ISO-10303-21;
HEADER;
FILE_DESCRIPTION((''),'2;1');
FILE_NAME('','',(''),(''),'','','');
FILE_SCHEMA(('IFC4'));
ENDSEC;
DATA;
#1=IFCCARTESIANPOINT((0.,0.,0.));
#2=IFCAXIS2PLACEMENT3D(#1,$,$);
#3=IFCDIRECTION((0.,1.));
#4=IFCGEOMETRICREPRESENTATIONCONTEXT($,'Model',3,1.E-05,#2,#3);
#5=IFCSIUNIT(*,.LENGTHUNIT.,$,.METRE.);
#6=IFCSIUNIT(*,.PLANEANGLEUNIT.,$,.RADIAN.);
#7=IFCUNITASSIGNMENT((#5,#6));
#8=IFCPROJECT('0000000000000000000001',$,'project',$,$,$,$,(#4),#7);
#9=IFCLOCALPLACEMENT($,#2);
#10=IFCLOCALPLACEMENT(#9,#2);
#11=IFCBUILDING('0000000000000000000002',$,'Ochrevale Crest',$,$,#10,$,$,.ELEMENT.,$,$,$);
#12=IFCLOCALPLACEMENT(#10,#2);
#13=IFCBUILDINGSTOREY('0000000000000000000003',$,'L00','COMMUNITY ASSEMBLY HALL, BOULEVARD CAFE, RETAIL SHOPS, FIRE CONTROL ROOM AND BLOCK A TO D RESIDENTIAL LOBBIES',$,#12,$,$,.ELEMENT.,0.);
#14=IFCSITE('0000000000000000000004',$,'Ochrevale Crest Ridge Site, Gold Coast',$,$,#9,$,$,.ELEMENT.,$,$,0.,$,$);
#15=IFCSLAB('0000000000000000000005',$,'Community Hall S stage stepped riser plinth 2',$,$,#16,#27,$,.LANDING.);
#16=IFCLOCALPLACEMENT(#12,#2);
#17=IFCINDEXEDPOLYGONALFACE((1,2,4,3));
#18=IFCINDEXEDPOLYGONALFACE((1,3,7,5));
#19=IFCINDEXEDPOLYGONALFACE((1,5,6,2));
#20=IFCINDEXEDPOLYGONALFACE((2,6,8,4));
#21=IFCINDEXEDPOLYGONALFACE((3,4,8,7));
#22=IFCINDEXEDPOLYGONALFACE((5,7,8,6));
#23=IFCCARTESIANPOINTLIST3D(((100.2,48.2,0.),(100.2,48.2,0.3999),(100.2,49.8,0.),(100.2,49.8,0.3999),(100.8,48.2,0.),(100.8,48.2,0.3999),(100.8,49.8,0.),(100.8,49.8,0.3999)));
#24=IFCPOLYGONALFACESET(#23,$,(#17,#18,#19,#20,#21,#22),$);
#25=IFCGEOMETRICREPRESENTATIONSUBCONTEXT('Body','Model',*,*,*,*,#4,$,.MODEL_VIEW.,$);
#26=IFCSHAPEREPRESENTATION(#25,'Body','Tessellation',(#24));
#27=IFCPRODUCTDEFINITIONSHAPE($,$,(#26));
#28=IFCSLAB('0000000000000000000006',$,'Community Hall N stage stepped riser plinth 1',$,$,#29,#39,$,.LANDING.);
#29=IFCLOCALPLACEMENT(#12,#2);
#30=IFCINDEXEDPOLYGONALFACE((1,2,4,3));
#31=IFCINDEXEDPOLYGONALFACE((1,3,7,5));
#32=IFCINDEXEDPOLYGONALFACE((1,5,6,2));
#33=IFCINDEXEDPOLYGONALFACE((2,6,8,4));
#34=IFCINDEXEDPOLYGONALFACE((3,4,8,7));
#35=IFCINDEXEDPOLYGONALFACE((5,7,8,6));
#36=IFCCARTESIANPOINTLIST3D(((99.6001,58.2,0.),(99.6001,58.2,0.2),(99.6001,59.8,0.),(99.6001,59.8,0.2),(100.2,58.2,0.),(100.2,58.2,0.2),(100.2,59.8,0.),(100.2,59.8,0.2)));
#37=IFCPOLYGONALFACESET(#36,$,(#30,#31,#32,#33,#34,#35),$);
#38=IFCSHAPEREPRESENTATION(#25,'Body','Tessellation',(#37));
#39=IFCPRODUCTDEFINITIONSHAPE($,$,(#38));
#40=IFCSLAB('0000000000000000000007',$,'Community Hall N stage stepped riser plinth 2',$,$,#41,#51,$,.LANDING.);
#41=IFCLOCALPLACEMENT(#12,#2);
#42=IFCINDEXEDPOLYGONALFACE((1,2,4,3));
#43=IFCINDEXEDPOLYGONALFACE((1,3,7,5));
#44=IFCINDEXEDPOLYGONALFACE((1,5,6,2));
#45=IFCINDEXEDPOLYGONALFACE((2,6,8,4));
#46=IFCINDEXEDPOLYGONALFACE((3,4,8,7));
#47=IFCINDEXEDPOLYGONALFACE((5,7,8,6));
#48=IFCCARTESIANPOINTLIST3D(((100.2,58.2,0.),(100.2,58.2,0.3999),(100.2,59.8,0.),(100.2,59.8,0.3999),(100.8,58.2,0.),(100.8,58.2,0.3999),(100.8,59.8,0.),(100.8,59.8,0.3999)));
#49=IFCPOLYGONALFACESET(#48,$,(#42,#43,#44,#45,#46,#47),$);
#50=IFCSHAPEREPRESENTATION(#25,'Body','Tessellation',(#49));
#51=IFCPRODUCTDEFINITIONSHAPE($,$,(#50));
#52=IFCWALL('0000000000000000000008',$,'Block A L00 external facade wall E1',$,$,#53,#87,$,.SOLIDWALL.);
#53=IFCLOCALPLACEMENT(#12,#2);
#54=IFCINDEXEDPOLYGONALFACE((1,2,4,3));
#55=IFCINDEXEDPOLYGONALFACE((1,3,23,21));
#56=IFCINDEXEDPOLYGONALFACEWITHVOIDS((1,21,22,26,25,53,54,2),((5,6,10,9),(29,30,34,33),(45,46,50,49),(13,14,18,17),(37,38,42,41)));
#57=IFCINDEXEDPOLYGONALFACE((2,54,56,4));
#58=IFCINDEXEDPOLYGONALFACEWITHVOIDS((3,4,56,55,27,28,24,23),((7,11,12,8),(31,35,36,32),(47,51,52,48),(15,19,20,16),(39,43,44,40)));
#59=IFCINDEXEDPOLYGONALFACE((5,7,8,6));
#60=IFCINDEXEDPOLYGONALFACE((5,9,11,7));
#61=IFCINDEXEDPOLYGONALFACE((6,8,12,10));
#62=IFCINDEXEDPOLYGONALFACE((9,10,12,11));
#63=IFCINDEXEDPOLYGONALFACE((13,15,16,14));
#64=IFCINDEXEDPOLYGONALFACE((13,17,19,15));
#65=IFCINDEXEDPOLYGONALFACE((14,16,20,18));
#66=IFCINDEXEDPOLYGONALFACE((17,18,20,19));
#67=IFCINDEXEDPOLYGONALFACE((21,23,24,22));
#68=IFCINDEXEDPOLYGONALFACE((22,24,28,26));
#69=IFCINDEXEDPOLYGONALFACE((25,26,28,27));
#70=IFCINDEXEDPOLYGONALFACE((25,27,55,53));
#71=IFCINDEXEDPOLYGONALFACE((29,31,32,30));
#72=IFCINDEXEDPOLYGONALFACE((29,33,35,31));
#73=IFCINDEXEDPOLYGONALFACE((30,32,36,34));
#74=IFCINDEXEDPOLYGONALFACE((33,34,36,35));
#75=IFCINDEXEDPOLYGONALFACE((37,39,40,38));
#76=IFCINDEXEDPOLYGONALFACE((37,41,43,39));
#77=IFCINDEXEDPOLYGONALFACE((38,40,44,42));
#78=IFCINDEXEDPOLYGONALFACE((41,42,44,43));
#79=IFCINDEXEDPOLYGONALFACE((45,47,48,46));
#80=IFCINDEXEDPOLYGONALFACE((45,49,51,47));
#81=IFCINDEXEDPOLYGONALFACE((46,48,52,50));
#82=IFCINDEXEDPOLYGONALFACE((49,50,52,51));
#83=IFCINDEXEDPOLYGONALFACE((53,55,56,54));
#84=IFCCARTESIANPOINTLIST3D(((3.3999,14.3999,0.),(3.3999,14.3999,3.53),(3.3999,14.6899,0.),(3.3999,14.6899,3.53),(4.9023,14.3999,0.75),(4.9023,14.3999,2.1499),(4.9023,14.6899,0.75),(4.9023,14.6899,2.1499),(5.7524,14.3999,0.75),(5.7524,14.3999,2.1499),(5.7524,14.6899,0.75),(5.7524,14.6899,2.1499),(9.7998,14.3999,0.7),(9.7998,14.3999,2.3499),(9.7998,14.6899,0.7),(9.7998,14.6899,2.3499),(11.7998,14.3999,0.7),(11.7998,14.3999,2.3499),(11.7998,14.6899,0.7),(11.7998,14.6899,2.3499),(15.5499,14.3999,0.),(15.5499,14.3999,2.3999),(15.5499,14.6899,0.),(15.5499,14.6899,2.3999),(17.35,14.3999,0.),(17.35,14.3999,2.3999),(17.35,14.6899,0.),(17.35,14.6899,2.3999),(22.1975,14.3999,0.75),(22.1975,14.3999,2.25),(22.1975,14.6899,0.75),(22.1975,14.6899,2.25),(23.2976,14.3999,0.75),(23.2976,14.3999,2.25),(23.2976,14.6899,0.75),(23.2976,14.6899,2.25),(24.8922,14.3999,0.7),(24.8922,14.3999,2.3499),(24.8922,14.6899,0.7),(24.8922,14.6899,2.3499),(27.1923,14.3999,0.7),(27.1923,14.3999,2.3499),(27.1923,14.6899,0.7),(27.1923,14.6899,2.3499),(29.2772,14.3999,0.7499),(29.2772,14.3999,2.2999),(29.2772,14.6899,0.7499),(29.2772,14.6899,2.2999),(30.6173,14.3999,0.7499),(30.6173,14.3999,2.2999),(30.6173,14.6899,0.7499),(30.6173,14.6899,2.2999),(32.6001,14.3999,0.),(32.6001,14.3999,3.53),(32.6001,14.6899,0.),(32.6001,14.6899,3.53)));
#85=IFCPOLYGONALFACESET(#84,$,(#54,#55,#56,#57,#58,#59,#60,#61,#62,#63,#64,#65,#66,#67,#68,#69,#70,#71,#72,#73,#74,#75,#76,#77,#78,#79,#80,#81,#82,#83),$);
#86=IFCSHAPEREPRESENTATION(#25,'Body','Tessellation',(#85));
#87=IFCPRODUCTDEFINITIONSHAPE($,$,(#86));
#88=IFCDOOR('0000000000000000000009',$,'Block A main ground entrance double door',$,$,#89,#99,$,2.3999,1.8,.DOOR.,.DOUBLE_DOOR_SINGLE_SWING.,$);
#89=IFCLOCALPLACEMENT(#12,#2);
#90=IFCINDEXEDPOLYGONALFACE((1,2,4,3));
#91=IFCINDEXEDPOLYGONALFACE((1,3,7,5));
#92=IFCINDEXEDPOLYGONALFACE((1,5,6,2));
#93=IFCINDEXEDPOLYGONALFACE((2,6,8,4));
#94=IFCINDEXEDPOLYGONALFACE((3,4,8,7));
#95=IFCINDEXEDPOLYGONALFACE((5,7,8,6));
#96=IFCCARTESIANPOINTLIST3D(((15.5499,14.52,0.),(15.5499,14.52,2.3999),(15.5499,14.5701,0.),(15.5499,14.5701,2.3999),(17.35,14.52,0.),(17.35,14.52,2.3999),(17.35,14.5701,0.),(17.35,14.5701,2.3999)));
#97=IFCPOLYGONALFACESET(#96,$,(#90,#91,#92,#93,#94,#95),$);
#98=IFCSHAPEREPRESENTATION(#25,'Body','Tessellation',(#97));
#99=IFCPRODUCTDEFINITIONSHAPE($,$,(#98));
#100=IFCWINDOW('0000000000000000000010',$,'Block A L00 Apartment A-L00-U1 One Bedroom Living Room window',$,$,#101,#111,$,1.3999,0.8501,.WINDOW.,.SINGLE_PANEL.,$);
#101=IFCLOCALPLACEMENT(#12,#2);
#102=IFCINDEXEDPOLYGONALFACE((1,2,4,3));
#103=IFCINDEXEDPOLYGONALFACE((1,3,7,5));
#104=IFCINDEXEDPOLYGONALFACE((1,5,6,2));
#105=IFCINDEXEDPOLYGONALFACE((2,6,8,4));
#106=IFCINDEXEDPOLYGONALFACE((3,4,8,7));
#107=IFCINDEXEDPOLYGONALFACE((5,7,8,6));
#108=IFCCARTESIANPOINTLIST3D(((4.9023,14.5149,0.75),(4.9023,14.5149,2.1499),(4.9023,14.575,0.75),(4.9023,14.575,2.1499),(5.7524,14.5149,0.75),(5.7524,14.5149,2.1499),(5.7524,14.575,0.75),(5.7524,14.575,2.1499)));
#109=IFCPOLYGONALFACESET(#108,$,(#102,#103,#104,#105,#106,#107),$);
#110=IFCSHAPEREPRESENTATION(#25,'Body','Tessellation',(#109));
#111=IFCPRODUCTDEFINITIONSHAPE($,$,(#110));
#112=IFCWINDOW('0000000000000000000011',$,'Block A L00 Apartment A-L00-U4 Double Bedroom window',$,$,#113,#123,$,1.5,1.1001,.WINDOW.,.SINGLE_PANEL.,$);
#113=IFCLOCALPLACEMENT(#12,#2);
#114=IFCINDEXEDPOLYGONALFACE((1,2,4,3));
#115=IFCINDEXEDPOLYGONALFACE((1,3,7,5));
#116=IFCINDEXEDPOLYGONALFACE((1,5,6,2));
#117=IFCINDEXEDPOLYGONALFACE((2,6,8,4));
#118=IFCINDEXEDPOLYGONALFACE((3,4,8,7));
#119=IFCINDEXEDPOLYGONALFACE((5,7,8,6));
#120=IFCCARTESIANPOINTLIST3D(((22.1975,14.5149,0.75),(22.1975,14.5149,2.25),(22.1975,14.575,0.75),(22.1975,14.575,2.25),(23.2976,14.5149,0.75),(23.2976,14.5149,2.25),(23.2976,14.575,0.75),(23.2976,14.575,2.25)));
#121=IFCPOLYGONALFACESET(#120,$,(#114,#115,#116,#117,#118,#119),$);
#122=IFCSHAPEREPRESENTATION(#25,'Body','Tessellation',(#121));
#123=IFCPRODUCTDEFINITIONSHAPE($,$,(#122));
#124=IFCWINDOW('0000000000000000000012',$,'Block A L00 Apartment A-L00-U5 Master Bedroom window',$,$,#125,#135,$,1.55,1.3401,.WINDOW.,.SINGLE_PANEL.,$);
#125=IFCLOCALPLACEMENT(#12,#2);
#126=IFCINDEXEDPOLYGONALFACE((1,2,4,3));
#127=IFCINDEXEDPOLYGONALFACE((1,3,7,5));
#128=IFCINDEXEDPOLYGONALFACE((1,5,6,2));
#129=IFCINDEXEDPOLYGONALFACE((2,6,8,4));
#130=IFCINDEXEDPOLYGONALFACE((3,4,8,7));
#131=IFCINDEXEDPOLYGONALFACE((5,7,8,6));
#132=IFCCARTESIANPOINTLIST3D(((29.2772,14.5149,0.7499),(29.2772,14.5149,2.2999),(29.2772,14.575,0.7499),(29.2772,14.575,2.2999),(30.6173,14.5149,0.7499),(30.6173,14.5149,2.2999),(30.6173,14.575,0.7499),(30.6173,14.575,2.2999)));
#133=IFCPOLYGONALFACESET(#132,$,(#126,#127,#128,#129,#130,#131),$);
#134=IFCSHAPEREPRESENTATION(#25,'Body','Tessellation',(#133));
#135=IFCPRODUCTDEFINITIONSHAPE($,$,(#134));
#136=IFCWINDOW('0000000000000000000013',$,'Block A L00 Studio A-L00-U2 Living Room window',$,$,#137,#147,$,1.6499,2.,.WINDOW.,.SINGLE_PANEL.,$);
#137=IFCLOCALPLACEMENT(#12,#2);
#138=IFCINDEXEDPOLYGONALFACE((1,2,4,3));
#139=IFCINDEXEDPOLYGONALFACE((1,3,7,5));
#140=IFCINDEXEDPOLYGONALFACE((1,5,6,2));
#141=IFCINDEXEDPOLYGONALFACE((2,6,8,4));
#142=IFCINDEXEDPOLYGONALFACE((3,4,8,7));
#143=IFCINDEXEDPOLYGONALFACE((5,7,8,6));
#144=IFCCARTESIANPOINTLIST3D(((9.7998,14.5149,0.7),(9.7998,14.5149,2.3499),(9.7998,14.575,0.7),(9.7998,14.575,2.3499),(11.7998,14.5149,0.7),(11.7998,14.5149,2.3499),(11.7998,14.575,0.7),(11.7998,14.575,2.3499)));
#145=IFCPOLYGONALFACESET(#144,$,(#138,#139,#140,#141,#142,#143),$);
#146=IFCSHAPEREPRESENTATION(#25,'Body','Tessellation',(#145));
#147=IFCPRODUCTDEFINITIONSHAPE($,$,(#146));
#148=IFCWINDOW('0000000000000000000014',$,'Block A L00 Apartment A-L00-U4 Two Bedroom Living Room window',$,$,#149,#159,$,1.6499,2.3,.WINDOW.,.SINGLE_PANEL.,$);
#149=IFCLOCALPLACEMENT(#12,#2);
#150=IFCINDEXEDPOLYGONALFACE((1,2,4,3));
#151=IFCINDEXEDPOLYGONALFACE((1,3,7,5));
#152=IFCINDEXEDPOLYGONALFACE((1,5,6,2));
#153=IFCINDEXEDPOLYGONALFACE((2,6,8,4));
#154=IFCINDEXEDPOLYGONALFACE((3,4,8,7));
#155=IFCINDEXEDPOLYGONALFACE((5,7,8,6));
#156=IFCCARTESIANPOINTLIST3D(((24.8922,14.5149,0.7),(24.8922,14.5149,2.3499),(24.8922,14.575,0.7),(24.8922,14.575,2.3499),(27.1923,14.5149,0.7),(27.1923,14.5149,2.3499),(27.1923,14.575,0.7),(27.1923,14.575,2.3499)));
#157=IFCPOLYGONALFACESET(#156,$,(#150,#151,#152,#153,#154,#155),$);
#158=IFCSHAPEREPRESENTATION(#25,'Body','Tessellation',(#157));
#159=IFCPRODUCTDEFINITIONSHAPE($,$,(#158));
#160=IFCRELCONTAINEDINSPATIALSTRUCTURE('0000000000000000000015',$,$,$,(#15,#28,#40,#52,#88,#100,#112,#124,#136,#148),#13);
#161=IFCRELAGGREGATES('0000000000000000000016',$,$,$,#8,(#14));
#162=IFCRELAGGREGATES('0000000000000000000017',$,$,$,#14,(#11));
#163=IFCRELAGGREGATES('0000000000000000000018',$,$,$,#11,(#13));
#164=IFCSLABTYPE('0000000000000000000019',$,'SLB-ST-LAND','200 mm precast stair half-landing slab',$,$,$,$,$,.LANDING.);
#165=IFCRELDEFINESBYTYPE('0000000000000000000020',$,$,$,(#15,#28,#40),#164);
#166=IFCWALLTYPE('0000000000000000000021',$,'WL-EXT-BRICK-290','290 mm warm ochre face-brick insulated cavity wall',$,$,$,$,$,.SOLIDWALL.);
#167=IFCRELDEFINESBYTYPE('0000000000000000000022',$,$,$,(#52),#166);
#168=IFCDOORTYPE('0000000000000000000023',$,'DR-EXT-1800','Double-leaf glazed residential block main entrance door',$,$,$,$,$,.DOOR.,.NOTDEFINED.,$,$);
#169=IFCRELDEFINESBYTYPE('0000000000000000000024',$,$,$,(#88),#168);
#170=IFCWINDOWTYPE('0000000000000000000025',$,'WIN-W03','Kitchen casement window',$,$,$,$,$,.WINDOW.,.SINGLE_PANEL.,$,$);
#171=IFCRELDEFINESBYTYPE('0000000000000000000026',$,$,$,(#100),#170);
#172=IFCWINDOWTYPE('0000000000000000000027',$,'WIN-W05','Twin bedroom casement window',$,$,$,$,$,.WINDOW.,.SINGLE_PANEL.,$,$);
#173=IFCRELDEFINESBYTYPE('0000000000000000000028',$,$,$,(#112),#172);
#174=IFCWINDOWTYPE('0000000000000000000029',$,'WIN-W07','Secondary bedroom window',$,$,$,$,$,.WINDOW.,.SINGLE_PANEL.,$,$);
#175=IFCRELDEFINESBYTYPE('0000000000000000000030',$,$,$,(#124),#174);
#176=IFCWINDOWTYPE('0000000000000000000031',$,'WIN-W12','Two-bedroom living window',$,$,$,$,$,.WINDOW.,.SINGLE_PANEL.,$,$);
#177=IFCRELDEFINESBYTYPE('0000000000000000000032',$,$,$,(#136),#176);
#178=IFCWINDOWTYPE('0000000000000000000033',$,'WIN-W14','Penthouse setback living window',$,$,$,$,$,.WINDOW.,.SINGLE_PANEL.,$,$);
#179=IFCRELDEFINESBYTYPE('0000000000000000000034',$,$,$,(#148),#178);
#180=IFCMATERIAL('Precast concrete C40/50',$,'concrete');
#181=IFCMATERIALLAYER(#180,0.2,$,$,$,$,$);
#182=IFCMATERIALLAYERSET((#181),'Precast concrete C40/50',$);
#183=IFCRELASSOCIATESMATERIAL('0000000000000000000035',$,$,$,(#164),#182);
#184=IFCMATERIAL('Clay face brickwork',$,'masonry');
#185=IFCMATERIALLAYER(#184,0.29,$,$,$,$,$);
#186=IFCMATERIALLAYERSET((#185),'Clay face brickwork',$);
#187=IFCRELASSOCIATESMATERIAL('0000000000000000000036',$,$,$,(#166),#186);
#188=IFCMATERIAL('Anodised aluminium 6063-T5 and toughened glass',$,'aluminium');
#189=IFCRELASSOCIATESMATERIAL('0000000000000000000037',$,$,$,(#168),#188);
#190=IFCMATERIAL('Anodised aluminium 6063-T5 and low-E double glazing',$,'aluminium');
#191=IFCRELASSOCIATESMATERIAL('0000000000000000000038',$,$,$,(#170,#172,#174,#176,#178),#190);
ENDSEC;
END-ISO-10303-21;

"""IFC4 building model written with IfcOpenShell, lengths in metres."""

from ifc_helpers import new_model, si_unit, direction, frame, frame_2d, origin, place, context, subcontext, project, spatial, polyline, rectangle, outline, extrude, material, layer, layer_set, type_object, element, fill, save


model = new_model("IFC4")

# Units and contexts
model_context = context("Model", 3, precision=1e-05, world=origin(), true_north=direction((0.0, 1.0)))
body_context = subcontext(model_context, "Body", "Model", "MODEL_VIEW")
ifc_project = project(units=[si_unit("LENGTHUNIT", "METRE"), si_unit("PLANEANGLEUNIT", "RADIAN")], contexts=[model_context])

# Site, building, storey
site_placement = place(None, origin())
site = spatial("IfcSite", under=ifc_project, at=site_placement, Name="Ochrevale Crest Ridge Site, Gold Coast", CompositionType="ELEMENT", RefElevation=0.0)
building_placement = place(site_placement, origin())
building = spatial("IfcBuilding", under=site, at=building_placement, Name="Ochrevale Crest", CompositionType="ELEMENT")
storey_placement = place(building_placement, origin())
storey = spatial("IfcBuildingStorey", under=building, at=storey_placement, Name="L00", Description="COMMUNITY ASSEMBLY HALL, BOULEVARD CAFE, RETAIL SHOPS, FIRE CONTROL ROOM AND BLOCK A TO D RESIDENTIAL LOBBIES", CompositionType="ELEMENT", Elevation=0.0)

# Shared definitions
ifc_material_1 = material(Name="Precast concrete C40/50", Category="concrete")

# Shared definitions
ifc_layer_1 = layer(ifc_material_1, 0.2)
ifc_layer_set_1 = layer_set([ifc_layer_1], Name="Precast concrete C40/50")
slab_type = type_object("IfcSlabType", Name="SLB-ST-LAND", Description="200 mm precast stair half-landing slab", PredefinedType="LANDING", material=ifc_layer_set_1)

# Slabs
slab_1_placement = place(storey_placement, origin())
element("IfcSlab", 1, at=slab_1_placement, inside=storey, type_object=slab_type, Name="Community Hall S stage stepped riser plinth 2", PredefinedType="LANDING", context=body_context, shape_type="SweptSolid", body=[
    extrude(outline(polyline([(100.2, 48.2), (100.8, 48.2), (100.8, 49.8), (100.2, 49.8), (100.2, 48.2)])), origin(), (0.0, 0.0, 1.0), 0.3999),
])
slab_2_placement = place(storey_placement, origin())
element("IfcSlab", 2, at=slab_2_placement, inside=storey, type_object=slab_type, Name="Community Hall N stage stepped riser plinth 1", PredefinedType="LANDING", context=body_context, shape_type="SweptSolid", body=[
    extrude(outline(polyline([(99.6001, 58.2), (100.2, 58.2), (100.2, 59.8), (99.6001, 59.8), (99.6001, 58.2)])), origin(), (0.0, 0.0, 1.0), 0.2),
])
slab_3_placement = place(storey_placement, origin())
element("IfcSlab", 3, at=slab_3_placement, inside=storey, type_object=slab_type, Name="Community Hall N stage stepped riser plinth 2", PredefinedType="LANDING", context=body_context, shape_type="SweptSolid", body=[
    extrude(outline(polyline([(100.2, 58.2), (100.8, 58.2), (100.8, 59.8), (100.2, 59.8), (100.2, 58.2)])), origin(), (0.0, 0.0, 1.0), 0.3999),
])

# Wall, openings, door, windows
ifc_material_2 = material(Name="Clay face brickwork", Category="masonry")
ifc_layer_2 = layer(ifc_material_2, 0.29)
ifc_layer_set_2 = layer_set([ifc_layer_2], Name="Clay face brickwork")
wall_type_1 = type_object("IfcWallType", Name="WL-EXT-BRICK-290", Description="290 mm warm ochre face-brick insulated cavity wall", PredefinedType="SOLIDWALL", material=ifc_layer_set_2)
wall_1_placement = place(storey_placement, frame((3.3999, 14.5449, 0.0), z_axis=(0.0, 0.0, 1.0), x_axis=(1.0, 0.0, 0.0)))
wall_1 = element("IfcWall", 4, at=wall_1_placement, inside=storey, type_object=wall_type_1, Name="Block A L00 external facade wall E1", PredefinedType="SOLIDWALL", context=body_context, shape_type="SweptSolid", body=[
    extrude(rectangle(XDim=29.2002, YDim=0.29, at=frame_2d((14.6001, 0.0))), origin(), (0.0, 0.0, 1.0), 3.53),
])
opening_1_placement = place(wall_1_placement, frame((13.95, 0.0, 0.0), z_axis=(0.0, 0.0, 1.0), x_axis=(-1.0, 0.0, 0.0)))
opening_1 = element("IfcOpeningElement", 5, at=opening_1_placement, cuts=wall_1, PredefinedType="OPENING", context=body_context, shape_type="SweptSolid", body=[
    extrude(rectangle(XDim=1.8, YDim=2.3999, at=frame_2d((0.8999, 1.2))), frame((0.0, 0.155, 0.0), z_axis=(0.0, -1.0, 0.0), x_axis=(1.0, 0.0, 0.0)), (0.0, 0.0, 1.0), 0.3101),
])
opening_2_placement = place(wall_1_placement, frame((1.5024, 0.0, 0.75)))
opening_2 = element("IfcOpeningElement", 6, at=opening_2_placement, cuts=wall_1, PredefinedType="OPENING", context=body_context, shape_type="SweptSolid", body=[
    extrude(rectangle(XDim=0.8501, YDim=1.3999, at=frame_2d((0.425, 0.7))), frame((0.0, 0.155, 0.0), z_axis=(0.0, -1.0, 0.0), x_axis=(1.0, 0.0, 0.0)), (0.0, 0.0, 1.0), 0.3101),
])
opening_3_placement = place(wall_1_placement, frame((6.3999, 0.0, 0.7)))
opening_3 = element("IfcOpeningElement", 7, at=opening_3_placement, cuts=wall_1, PredefinedType="OPENING", context=body_context, shape_type="SweptSolid", body=[
    extrude(rectangle(XDim=2.0, YDim=1.6499, at=frame_2d((1.0, 0.825))), frame((0.0, 0.155, 0.0), z_axis=(0.0, -1.0, 0.0), x_axis=(1.0, 0.0, 0.0)), (0.0, 0.0, 1.0), 0.3101),
])
opening_4_placement = place(wall_1_placement, frame((18.7976, 0.0, 0.75)))
opening_4 = element("IfcOpeningElement", 8, at=opening_4_placement, cuts=wall_1, PredefinedType="OPENING", context=body_context, shape_type="SweptSolid", body=[
    extrude(rectangle(XDim=1.1001, YDim=1.5, at=frame_2d((0.55, 0.75))), frame((0.0, 0.155, 0.0), z_axis=(0.0, -1.0, 0.0), x_axis=(1.0, 0.0, 0.0)), (0.0, 0.0, 1.0), 0.3101),
])
opening_5_placement = place(wall_1_placement, frame((21.4924, 0.0, 0.7)))
opening_5 = element("IfcOpeningElement", 9, at=opening_5_placement, cuts=wall_1, PredefinedType="OPENING", context=body_context, shape_type="SweptSolid", body=[
    extrude(rectangle(XDim=2.3, YDim=1.6499, at=frame_2d((1.1499, 0.825))), frame((0.0, 0.155, 0.0), z_axis=(0.0, -1.0, 0.0), x_axis=(1.0, 0.0, 0.0)), (0.0, 0.0, 1.0), 0.3101),
])
opening_6_placement = place(wall_1_placement, frame((25.8774, 0.0, 0.75)))
opening_6 = element("IfcOpeningElement", 10, at=opening_6_placement, cuts=wall_1, PredefinedType="OPENING", context=body_context, shape_type="SweptSolid", body=[
    extrude(rectangle(XDim=1.3401, YDim=1.55, at=frame_2d((0.6699, 0.7749))), frame((0.0, 0.155, 0.0), z_axis=(0.0, -1.0, 0.0), x_axis=(1.0, 0.0, 0.0)), (0.0, 0.0, 1.0), 0.3101),
])
ifc_material_3 = material(Name="Anodised aluminium 6063-T5 and toughened glass", Category="aluminium")
door_type_1 = type_object("IfcDoorType", Name="DR-EXT-1800", Description="Double-leaf glazed residential block main entrance door", OperationType="NOTDEFINED", PredefinedType="DOOR", material=ifc_material_3)
door_1_placement = place(opening_1_placement, origin())
door_1 = element("IfcDoor", 11, at=door_1_placement, inside=storey, type_object=door_type_1, Name="Block A main ground entrance double door", OperationType="DOUBLE_DOOR_SINGLE_SWING", OverallHeight=2.3999, OverallWidth=1.8, PredefinedType="DOOR", context=body_context, shape_type="SweptSolid", body=[
    extrude(rectangle(XDim=1.8, YDim=2.3999, at=frame_2d((0.8999, 1.2))), frame((0.0, 0.0249, 0.0), z_axis=(0.0, -1.0, 0.0), x_axis=(1.0, 0.0, 0.0)), (0.0, 0.0, 1.0), 0.05),
])
fill(opening_1, door_1)
ifc_material_4 = material(Name="Anodised aluminium 6063-T5 and low-E double glazing", Category="aluminium")
window_type_1 = type_object("IfcWindowType", Name="WIN-W03", Description="Kitchen casement window", PartitioningType="SINGLE_PANEL", PredefinedType="WINDOW", material=ifc_material_4)
window_1_placement = place(opening_2_placement, origin())
window_1 = element("IfcWindow", 12, at=window_1_placement, inside=storey, type_object=window_type_1, Name="Block A L00 Apartment A-L00-U1 One Bedroom Living Room window", OverallHeight=1.3999, OverallWidth=0.8501, PartitioningType="SINGLE_PANEL", PredefinedType="WINDOW", context=body_context, shape_type="SweptSolid", body=[
    extrude(rectangle(XDim=0.8501, YDim=1.3999, at=frame_2d((0.425, 0.7))), frame((0.0, 0.03, 0.0), z_axis=(0.0, -1.0, 0.0), x_axis=(1.0, 0.0, 0.0)), (0.0, 0.0, 1.0), 0.0601),
])
fill(opening_2, window_1)
window_type_2 = type_object("IfcWindowType", Name="WIN-W05", Description="Twin bedroom casement window", PartitioningType="SINGLE_PANEL", PredefinedType="WINDOW", material=ifc_material_4)
window_2_placement = place(opening_4_placement, origin())
window_2 = element("IfcWindow", 13, at=window_2_placement, inside=storey, type_object=window_type_2, Name="Block A L00 Apartment A-L00-U4 Double Bedroom window", OverallHeight=1.5, OverallWidth=1.1001, PartitioningType="SINGLE_PANEL", PredefinedType="WINDOW", context=body_context, shape_type="SweptSolid", body=[
    extrude(rectangle(XDim=1.1001, YDim=1.5, at=frame_2d((0.55, 0.75))), frame((0.0, 0.03, 0.0), z_axis=(0.0, -1.0, 0.0), x_axis=(1.0, 0.0, 0.0)), (0.0, 0.0, 1.0), 0.0601),
])
fill(opening_4, window_2)
window_type_3 = type_object("IfcWindowType", Name="WIN-W07", Description="Secondary bedroom window", PartitioningType="SINGLE_PANEL", PredefinedType="WINDOW", material=ifc_material_4)
window_3_placement = place(opening_6_placement, origin())
window_3 = element("IfcWindow", 14, at=window_3_placement, inside=storey, type_object=window_type_3, Name="Block A L00 Apartment A-L00-U5 Master Bedroom window", OverallHeight=1.55, OverallWidth=1.3401, PartitioningType="SINGLE_PANEL", PredefinedType="WINDOW", context=body_context, shape_type="SweptSolid", body=[
    extrude(rectangle(XDim=1.3401, YDim=1.55, at=frame_2d((0.6699, 0.7749))), frame((0.0, 0.03, 0.0), z_axis=(0.0, -1.0, 0.0), x_axis=(1.0, 0.0, 0.0)), (0.0, 0.0, 1.0), 0.0601),
])
fill(opening_6, window_3)
window_type_4 = type_object("IfcWindowType", Name="WIN-W12", Description="Two-bedroom living window", PartitioningType="SINGLE_PANEL", PredefinedType="WINDOW", material=ifc_material_4)
window_4_placement = place(opening_3_placement, origin())
window_4 = element("IfcWindow", 15, at=window_4_placement, inside=storey, type_object=window_type_4, Name="Block A L00 Studio A-L00-U2 Living Room window", OverallHeight=1.6499, OverallWidth=2.0, PartitioningType="SINGLE_PANEL", PredefinedType="WINDOW", context=body_context, shape_type="SweptSolid", body=[
    extrude(rectangle(XDim=2.0, YDim=1.6499, at=frame_2d((1.0, 0.825))), frame((0.0, 0.03, 0.0), z_axis=(0.0, -1.0, 0.0), x_axis=(1.0, 0.0, 0.0)), (0.0, 0.0, 1.0), 0.0601),
])
fill(opening_3, window_4)
window_type_5 = type_object("IfcWindowType", Name="WIN-W14", Description="Penthouse setback living window", PartitioningType="SINGLE_PANEL", PredefinedType="WINDOW", material=ifc_material_4)
window_5_placement = place(opening_5_placement, origin())
window_5 = element("IfcWindow", 16, at=window_5_placement, inside=storey, type_object=window_type_5, Name="Block A L00 Apartment A-L00-U4 Two Bedroom Living Room window", OverallHeight=1.6499, OverallWidth=2.3, PartitioningType="SINGLE_PANEL", PredefinedType="WINDOW", context=body_context, shape_type="SweptSolid", body=[
    extrude(rectangle(XDim=2.3, YDim=1.6499, at=frame_2d((1.1499, 0.825))), frame((0.0, 0.03, 0.0), z_axis=(0.0, -1.0, 0.0), x_axis=(1.0, 0.0, 0.0)), (0.0, 0.0, 1.0), 0.0601),
])
fill(opening_5, window_5)

save(model, "model.ifc")
